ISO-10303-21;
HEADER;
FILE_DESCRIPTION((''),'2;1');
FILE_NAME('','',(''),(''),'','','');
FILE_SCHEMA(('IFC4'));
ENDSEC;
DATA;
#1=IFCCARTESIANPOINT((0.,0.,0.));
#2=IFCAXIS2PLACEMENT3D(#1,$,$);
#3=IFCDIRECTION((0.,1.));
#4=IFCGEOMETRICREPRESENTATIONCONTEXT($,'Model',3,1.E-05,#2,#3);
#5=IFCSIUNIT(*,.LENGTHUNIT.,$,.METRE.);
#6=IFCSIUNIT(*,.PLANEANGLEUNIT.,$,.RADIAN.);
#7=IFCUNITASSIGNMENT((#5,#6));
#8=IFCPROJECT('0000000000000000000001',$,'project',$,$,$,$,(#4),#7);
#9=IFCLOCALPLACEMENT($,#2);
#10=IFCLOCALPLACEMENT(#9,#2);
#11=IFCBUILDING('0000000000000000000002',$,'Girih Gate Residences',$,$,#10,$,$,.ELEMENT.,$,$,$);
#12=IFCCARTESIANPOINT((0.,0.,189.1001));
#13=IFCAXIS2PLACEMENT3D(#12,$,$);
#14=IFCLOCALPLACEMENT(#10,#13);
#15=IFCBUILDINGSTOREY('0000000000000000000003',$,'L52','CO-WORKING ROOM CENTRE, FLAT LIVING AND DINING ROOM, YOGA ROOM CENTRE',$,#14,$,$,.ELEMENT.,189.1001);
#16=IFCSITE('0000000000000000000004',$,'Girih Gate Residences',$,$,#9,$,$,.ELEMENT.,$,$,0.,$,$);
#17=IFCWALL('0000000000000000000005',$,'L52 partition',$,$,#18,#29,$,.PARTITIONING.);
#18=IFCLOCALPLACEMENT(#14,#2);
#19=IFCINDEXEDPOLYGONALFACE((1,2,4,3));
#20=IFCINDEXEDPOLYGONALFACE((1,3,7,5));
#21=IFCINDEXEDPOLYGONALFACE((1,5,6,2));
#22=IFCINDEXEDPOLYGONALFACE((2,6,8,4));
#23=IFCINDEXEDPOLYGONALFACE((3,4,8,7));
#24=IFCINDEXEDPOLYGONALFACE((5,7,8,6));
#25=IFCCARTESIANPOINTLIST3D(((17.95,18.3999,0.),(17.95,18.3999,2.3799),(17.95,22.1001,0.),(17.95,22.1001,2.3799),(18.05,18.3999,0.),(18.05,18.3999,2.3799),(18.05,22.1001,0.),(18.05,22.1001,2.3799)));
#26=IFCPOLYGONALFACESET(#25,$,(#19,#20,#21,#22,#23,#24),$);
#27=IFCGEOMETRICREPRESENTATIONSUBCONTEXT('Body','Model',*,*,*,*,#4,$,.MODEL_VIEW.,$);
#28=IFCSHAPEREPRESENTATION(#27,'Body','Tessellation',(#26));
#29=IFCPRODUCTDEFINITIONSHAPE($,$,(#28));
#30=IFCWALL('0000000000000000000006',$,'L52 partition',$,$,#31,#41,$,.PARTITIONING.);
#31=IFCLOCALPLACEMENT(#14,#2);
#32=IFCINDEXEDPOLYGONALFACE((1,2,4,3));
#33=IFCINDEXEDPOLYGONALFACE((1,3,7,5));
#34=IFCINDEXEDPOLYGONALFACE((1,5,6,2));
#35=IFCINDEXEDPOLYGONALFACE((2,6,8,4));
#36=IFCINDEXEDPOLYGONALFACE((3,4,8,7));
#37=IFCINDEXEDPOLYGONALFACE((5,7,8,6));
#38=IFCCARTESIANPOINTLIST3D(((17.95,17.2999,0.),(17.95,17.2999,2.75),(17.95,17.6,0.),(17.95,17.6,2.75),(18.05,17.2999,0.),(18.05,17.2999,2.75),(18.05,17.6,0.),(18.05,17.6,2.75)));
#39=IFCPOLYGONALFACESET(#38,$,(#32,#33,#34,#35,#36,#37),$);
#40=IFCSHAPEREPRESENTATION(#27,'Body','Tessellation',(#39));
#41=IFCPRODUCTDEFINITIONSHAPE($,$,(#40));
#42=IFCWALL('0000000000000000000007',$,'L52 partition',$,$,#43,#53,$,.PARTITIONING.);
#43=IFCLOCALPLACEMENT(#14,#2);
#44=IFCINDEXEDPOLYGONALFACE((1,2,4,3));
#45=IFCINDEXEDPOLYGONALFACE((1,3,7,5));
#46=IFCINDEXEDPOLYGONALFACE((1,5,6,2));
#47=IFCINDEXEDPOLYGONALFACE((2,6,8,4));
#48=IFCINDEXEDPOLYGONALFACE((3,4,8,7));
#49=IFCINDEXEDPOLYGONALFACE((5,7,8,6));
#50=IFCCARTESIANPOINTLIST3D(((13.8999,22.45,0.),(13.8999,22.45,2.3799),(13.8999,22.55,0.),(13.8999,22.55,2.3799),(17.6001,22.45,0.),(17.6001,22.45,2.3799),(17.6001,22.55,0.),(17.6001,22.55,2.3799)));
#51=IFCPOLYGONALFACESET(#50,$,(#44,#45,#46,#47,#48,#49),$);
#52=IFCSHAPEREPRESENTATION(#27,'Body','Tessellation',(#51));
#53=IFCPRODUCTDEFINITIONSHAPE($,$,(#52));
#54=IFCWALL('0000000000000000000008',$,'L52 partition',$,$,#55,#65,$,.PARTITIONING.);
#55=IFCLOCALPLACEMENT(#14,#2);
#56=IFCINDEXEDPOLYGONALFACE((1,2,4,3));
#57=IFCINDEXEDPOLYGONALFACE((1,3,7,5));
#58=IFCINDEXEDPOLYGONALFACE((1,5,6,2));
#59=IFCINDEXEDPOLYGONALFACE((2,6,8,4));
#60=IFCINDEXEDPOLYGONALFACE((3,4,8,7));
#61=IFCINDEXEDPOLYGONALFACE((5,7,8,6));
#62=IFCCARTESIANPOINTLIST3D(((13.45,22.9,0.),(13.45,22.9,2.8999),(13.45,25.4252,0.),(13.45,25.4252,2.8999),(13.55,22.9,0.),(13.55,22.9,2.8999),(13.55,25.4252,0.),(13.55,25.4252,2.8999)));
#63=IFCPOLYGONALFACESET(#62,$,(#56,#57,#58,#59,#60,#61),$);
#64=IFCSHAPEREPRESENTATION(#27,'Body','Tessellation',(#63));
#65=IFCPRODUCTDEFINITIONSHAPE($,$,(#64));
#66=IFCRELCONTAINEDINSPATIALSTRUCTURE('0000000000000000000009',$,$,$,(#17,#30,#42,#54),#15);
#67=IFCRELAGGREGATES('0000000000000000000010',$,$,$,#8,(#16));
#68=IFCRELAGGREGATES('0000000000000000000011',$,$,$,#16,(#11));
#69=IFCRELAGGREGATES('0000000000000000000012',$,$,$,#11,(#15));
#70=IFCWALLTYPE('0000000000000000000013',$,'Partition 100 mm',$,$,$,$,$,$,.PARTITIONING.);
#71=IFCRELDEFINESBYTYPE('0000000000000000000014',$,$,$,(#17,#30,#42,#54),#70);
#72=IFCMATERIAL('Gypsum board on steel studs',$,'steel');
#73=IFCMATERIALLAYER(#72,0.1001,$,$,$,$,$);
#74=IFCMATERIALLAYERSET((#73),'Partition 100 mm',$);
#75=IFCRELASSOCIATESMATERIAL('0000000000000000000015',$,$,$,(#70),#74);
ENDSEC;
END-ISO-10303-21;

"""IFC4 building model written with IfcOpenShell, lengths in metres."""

from ifc_helpers import new_model, si_unit, direction, frame, frame_2d, origin, place, context, subcontext, project, spatial, rectangle, extrude, material, layer, layer_set, type_object, element, save


model = new_model("IFC4")

# Units and contexts
model_context = context("Model", 3, precision=1e-05, world=origin(), true_north=direction((0.0, 1.0)))
body_context = subcontext(model_context, "Body", "Model", "MODEL_VIEW")
ifc_project = project(units=[si_unit("LENGTHUNIT", "METRE"), si_unit("PLANEANGLEUNIT", "RADIAN")], contexts=[model_context])

# Site, building, storey
site_placement = place(None, origin())
site = spatial("IfcSite", under=ifc_project, at=site_placement, Name="Girih Gate Residences", CompositionType="ELEMENT", RefElevation=0.0)
building_placement = place(site_placement, origin())
building = spatial("IfcBuilding", under=site, at=building_placement, Name="Girih Gate Residences", CompositionType="ELEMENT")
storey_placement = place(building_placement, frame((0.0, 0.0, 189.1001)))
storey = spatial("IfcBuildingStorey", under=building, at=storey_placement, Name="L52", Description="CO-WORKING ROOM CENTRE, FLAT LIVING AND DINING ROOM, YOGA ROOM CENTRE", CompositionType="ELEMENT", Elevation=189.1001)

# Shared definitions
ifc_material_1 = material(Name="Gypsum board on steel studs", Category="steel")

# Walls
ifc_layer_1 = layer(ifc_material_1, 0.1001)
ifc_layer_set_1 = layer_set([ifc_layer_1], Name="Partition 100 mm")
wall_type_1 = type_object("IfcWallType", Name="Partition 100 mm", PredefinedType="PARTITIONING", material=ifc_layer_set_1)
wall_1_placement = place(storey_placement, frame((18.0, 18.3999, 0.0), z_axis=(0.0, 0.0, 1.0), x_axis=(0.0, 1.0, 0.0)))
element("IfcWall", 1, at=wall_1_placement, inside=storey, type_object=wall_type_1, Name="L52 partition", PredefinedType="PARTITIONING", context=body_context, shape_type="SweptSolid", body=[
    extrude(rectangle(XDim=3.7002, YDim=0.1001, at=frame_2d((1.8501, 0.0))), origin(), (0.0, 0.0, 1.0), 2.3799),
])
wall_2_placement = place(storey_placement, frame((18.0, 17.3, 0.0), z_axis=(0.0, 0.0, 1.0), x_axis=(0.0, 1.0, 0.0)))
element("IfcWall", 2, at=wall_2_placement, inside=storey, type_object=wall_type_1, Name="L52 partition", PredefinedType="PARTITIONING", context=body_context, shape_type="SweptSolid", body=[
    extrude(rectangle(XDim=0.3, YDim=0.1001, at=frame_2d((0.1499, 0.0))), origin(), (0.0, 0.0, 1.0), 2.75),
])
wall_3_placement = place(storey_placement, frame((13.8999, 22.5, 0.0), z_axis=(0.0, 0.0, 1.0), x_axis=(1.0, 0.0, 0.0)))
element("IfcWall", 3, at=wall_3_placement, inside=storey, type_object=wall_type_1, Name="L52 partition", PredefinedType="PARTITIONING", context=body_context, shape_type="SweptSolid", body=[
    extrude(rectangle(XDim=3.7002, YDim=0.1001, at=frame_2d((1.8501, 0.0))), origin(), (0.0, 0.0, 1.0), 2.3799),
])
wall_4_placement = place(storey_placement, frame((13.5, 22.8999, 0.0), z_axis=(0.0, 0.0, 1.0), x_axis=(0.0, 1.0, 0.0)))
element("IfcWall", 4, at=wall_4_placement, inside=storey, type_object=wall_type_1, Name="L52 partition", PredefinedType="PARTITIONING", context=body_context, shape_type="SweptSolid", body=[
    extrude(rectangle(XDim=2.5251, YDim=0.1001, at=frame_2d((1.2627, 0.0))), origin(), (0.0, 0.0, 1.0), 2.8999),
])

save(model, "model.ifc")
